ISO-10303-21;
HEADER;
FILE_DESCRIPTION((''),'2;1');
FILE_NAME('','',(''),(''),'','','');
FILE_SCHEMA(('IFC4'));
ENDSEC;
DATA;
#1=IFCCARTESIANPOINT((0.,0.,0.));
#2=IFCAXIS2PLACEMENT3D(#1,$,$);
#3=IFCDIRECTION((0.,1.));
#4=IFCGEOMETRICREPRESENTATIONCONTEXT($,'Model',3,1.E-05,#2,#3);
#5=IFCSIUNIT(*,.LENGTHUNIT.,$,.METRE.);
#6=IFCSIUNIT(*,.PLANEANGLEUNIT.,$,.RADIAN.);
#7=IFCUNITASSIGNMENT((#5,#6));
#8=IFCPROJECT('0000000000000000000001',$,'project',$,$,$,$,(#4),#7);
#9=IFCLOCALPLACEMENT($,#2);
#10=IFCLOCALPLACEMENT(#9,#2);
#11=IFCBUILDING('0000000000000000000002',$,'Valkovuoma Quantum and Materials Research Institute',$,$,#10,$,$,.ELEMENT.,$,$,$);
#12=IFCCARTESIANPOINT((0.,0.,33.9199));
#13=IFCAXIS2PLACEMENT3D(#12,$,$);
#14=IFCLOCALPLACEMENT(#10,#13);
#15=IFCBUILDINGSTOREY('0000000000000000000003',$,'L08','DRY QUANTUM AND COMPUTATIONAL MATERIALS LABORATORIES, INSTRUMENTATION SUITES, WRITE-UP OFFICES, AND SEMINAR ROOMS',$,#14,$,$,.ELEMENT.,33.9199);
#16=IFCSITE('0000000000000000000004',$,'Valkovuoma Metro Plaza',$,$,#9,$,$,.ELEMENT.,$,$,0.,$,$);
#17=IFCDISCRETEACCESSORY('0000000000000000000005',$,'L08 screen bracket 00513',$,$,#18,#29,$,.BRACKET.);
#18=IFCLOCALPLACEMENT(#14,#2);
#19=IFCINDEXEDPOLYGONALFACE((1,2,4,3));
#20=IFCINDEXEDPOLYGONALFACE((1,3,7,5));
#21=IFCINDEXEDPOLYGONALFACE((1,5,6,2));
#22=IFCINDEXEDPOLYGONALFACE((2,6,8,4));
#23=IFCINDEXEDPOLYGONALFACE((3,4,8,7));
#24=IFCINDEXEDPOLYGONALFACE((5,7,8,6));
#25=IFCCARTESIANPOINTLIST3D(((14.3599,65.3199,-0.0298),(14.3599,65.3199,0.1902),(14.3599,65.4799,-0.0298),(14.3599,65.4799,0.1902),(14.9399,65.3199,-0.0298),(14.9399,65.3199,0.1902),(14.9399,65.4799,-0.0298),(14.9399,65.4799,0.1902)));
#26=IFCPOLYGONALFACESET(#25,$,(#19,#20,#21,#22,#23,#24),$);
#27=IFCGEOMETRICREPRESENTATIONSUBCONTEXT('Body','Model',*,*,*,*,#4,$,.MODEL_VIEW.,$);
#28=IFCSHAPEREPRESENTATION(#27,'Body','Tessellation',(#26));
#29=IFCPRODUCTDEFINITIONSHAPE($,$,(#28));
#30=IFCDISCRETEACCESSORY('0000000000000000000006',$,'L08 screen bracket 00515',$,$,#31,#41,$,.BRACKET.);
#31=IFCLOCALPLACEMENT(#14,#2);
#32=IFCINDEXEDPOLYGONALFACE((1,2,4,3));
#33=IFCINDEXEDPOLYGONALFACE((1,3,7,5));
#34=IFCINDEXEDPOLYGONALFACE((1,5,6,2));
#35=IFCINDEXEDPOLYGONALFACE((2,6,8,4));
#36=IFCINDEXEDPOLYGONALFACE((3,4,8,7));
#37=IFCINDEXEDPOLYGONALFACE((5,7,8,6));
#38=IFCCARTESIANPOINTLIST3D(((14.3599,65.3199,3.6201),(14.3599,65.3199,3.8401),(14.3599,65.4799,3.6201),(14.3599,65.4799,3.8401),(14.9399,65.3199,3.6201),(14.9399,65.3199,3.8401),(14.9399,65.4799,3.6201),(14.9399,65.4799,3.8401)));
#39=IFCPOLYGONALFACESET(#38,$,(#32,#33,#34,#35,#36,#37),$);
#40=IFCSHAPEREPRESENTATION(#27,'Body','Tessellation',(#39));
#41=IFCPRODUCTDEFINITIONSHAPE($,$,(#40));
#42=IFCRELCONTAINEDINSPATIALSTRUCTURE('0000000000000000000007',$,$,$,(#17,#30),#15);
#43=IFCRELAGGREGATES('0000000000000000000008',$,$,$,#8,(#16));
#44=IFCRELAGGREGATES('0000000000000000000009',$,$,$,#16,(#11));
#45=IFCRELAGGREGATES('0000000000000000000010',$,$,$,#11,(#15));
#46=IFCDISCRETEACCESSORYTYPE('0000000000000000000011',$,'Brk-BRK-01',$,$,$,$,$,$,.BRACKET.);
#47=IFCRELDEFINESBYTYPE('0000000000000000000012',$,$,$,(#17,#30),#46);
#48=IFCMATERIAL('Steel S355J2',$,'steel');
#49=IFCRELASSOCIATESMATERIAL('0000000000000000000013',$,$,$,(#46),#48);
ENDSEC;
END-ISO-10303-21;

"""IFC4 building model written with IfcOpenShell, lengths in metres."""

from ifc_helpers import new_model, si_unit, direction, frame, origin, origin_2d, place, context, subcontext, project, spatial, rectangle, extrude, material, type_object, element, save


model = new_model("IFC4")

# Units and contexts
model_context = context("Model", 3, precision=1e-05, world=origin(), true_north=direction((0.0, 1.0)))
body_context = subcontext(model_context, "Body", "Model", "MODEL_VIEW")
ifc_project = project(units=[si_unit("LENGTHUNIT", "METRE"), si_unit("PLANEANGLEUNIT", "RADIAN")], contexts=[model_context])

# Site, building, storey
site_placement = place(None, origin())
site = spatial("IfcSite", under=ifc_project, at=site_placement, Name="Valkovuoma Metro Plaza", CompositionType="ELEMENT", RefElevation=0.0)
building_placement = place(site_placement, origin())
building = spatial("IfcBuilding", under=site, at=building_placement, Name="Valkovuoma Quantum and Materials Research Institute", CompositionType="ELEMENT")
storey_placement = place(building_placement, frame((0.0, 0.0, 33.9199)))
storey = spatial("IfcBuildingStorey", under=building, at=storey_placement, Name="L08", Description="DRY QUANTUM AND COMPUTATIONAL MATERIALS LABORATORIES, INSTRUMENTATION SUITES, WRITE-UP OFFICES, AND SEMINAR ROOMS", CompositionType="ELEMENT", Elevation=33.9199)

# Discrete accessories
ifc_material_1 = material(Name="Steel S355J2", Category="steel")
discrete_accessory_type = type_object("IfcDiscreteAccessoryType", Name="Brk-BRK-01", PredefinedType="BRACKET", material=ifc_material_1)
for number, where, z_axis, x_axis, name in (
    (1, (14.6499, 65.3999, -0.0298), (0.0, 0.0, 1.0), (1.0, 0.0, 0.0), "L08 screen bracket 00513"),
    (2, (14.6499, 65.3999, 3.6201), (0.0, 0.0, 1.0), (1.0, 0.0, 0.0), "L08 screen bracket 00515"),
):
    element("IfcDiscreteAccessory", number, at=place(storey_placement, frame(where, z_axis=z_axis, x_axis=x_axis)), inside=storey, type_object=discrete_accessory_type, Name=name, PredefinedType="BRACKET", context=body_context, shape_type="SweptSolid", body=[
        extrude(rectangle(XDim=0.5801, YDim=0.1599, at=origin_2d()), origin(), (0.0, 0.0, 1.0), 0.22),
    ])

save(model, "model.ifc")
